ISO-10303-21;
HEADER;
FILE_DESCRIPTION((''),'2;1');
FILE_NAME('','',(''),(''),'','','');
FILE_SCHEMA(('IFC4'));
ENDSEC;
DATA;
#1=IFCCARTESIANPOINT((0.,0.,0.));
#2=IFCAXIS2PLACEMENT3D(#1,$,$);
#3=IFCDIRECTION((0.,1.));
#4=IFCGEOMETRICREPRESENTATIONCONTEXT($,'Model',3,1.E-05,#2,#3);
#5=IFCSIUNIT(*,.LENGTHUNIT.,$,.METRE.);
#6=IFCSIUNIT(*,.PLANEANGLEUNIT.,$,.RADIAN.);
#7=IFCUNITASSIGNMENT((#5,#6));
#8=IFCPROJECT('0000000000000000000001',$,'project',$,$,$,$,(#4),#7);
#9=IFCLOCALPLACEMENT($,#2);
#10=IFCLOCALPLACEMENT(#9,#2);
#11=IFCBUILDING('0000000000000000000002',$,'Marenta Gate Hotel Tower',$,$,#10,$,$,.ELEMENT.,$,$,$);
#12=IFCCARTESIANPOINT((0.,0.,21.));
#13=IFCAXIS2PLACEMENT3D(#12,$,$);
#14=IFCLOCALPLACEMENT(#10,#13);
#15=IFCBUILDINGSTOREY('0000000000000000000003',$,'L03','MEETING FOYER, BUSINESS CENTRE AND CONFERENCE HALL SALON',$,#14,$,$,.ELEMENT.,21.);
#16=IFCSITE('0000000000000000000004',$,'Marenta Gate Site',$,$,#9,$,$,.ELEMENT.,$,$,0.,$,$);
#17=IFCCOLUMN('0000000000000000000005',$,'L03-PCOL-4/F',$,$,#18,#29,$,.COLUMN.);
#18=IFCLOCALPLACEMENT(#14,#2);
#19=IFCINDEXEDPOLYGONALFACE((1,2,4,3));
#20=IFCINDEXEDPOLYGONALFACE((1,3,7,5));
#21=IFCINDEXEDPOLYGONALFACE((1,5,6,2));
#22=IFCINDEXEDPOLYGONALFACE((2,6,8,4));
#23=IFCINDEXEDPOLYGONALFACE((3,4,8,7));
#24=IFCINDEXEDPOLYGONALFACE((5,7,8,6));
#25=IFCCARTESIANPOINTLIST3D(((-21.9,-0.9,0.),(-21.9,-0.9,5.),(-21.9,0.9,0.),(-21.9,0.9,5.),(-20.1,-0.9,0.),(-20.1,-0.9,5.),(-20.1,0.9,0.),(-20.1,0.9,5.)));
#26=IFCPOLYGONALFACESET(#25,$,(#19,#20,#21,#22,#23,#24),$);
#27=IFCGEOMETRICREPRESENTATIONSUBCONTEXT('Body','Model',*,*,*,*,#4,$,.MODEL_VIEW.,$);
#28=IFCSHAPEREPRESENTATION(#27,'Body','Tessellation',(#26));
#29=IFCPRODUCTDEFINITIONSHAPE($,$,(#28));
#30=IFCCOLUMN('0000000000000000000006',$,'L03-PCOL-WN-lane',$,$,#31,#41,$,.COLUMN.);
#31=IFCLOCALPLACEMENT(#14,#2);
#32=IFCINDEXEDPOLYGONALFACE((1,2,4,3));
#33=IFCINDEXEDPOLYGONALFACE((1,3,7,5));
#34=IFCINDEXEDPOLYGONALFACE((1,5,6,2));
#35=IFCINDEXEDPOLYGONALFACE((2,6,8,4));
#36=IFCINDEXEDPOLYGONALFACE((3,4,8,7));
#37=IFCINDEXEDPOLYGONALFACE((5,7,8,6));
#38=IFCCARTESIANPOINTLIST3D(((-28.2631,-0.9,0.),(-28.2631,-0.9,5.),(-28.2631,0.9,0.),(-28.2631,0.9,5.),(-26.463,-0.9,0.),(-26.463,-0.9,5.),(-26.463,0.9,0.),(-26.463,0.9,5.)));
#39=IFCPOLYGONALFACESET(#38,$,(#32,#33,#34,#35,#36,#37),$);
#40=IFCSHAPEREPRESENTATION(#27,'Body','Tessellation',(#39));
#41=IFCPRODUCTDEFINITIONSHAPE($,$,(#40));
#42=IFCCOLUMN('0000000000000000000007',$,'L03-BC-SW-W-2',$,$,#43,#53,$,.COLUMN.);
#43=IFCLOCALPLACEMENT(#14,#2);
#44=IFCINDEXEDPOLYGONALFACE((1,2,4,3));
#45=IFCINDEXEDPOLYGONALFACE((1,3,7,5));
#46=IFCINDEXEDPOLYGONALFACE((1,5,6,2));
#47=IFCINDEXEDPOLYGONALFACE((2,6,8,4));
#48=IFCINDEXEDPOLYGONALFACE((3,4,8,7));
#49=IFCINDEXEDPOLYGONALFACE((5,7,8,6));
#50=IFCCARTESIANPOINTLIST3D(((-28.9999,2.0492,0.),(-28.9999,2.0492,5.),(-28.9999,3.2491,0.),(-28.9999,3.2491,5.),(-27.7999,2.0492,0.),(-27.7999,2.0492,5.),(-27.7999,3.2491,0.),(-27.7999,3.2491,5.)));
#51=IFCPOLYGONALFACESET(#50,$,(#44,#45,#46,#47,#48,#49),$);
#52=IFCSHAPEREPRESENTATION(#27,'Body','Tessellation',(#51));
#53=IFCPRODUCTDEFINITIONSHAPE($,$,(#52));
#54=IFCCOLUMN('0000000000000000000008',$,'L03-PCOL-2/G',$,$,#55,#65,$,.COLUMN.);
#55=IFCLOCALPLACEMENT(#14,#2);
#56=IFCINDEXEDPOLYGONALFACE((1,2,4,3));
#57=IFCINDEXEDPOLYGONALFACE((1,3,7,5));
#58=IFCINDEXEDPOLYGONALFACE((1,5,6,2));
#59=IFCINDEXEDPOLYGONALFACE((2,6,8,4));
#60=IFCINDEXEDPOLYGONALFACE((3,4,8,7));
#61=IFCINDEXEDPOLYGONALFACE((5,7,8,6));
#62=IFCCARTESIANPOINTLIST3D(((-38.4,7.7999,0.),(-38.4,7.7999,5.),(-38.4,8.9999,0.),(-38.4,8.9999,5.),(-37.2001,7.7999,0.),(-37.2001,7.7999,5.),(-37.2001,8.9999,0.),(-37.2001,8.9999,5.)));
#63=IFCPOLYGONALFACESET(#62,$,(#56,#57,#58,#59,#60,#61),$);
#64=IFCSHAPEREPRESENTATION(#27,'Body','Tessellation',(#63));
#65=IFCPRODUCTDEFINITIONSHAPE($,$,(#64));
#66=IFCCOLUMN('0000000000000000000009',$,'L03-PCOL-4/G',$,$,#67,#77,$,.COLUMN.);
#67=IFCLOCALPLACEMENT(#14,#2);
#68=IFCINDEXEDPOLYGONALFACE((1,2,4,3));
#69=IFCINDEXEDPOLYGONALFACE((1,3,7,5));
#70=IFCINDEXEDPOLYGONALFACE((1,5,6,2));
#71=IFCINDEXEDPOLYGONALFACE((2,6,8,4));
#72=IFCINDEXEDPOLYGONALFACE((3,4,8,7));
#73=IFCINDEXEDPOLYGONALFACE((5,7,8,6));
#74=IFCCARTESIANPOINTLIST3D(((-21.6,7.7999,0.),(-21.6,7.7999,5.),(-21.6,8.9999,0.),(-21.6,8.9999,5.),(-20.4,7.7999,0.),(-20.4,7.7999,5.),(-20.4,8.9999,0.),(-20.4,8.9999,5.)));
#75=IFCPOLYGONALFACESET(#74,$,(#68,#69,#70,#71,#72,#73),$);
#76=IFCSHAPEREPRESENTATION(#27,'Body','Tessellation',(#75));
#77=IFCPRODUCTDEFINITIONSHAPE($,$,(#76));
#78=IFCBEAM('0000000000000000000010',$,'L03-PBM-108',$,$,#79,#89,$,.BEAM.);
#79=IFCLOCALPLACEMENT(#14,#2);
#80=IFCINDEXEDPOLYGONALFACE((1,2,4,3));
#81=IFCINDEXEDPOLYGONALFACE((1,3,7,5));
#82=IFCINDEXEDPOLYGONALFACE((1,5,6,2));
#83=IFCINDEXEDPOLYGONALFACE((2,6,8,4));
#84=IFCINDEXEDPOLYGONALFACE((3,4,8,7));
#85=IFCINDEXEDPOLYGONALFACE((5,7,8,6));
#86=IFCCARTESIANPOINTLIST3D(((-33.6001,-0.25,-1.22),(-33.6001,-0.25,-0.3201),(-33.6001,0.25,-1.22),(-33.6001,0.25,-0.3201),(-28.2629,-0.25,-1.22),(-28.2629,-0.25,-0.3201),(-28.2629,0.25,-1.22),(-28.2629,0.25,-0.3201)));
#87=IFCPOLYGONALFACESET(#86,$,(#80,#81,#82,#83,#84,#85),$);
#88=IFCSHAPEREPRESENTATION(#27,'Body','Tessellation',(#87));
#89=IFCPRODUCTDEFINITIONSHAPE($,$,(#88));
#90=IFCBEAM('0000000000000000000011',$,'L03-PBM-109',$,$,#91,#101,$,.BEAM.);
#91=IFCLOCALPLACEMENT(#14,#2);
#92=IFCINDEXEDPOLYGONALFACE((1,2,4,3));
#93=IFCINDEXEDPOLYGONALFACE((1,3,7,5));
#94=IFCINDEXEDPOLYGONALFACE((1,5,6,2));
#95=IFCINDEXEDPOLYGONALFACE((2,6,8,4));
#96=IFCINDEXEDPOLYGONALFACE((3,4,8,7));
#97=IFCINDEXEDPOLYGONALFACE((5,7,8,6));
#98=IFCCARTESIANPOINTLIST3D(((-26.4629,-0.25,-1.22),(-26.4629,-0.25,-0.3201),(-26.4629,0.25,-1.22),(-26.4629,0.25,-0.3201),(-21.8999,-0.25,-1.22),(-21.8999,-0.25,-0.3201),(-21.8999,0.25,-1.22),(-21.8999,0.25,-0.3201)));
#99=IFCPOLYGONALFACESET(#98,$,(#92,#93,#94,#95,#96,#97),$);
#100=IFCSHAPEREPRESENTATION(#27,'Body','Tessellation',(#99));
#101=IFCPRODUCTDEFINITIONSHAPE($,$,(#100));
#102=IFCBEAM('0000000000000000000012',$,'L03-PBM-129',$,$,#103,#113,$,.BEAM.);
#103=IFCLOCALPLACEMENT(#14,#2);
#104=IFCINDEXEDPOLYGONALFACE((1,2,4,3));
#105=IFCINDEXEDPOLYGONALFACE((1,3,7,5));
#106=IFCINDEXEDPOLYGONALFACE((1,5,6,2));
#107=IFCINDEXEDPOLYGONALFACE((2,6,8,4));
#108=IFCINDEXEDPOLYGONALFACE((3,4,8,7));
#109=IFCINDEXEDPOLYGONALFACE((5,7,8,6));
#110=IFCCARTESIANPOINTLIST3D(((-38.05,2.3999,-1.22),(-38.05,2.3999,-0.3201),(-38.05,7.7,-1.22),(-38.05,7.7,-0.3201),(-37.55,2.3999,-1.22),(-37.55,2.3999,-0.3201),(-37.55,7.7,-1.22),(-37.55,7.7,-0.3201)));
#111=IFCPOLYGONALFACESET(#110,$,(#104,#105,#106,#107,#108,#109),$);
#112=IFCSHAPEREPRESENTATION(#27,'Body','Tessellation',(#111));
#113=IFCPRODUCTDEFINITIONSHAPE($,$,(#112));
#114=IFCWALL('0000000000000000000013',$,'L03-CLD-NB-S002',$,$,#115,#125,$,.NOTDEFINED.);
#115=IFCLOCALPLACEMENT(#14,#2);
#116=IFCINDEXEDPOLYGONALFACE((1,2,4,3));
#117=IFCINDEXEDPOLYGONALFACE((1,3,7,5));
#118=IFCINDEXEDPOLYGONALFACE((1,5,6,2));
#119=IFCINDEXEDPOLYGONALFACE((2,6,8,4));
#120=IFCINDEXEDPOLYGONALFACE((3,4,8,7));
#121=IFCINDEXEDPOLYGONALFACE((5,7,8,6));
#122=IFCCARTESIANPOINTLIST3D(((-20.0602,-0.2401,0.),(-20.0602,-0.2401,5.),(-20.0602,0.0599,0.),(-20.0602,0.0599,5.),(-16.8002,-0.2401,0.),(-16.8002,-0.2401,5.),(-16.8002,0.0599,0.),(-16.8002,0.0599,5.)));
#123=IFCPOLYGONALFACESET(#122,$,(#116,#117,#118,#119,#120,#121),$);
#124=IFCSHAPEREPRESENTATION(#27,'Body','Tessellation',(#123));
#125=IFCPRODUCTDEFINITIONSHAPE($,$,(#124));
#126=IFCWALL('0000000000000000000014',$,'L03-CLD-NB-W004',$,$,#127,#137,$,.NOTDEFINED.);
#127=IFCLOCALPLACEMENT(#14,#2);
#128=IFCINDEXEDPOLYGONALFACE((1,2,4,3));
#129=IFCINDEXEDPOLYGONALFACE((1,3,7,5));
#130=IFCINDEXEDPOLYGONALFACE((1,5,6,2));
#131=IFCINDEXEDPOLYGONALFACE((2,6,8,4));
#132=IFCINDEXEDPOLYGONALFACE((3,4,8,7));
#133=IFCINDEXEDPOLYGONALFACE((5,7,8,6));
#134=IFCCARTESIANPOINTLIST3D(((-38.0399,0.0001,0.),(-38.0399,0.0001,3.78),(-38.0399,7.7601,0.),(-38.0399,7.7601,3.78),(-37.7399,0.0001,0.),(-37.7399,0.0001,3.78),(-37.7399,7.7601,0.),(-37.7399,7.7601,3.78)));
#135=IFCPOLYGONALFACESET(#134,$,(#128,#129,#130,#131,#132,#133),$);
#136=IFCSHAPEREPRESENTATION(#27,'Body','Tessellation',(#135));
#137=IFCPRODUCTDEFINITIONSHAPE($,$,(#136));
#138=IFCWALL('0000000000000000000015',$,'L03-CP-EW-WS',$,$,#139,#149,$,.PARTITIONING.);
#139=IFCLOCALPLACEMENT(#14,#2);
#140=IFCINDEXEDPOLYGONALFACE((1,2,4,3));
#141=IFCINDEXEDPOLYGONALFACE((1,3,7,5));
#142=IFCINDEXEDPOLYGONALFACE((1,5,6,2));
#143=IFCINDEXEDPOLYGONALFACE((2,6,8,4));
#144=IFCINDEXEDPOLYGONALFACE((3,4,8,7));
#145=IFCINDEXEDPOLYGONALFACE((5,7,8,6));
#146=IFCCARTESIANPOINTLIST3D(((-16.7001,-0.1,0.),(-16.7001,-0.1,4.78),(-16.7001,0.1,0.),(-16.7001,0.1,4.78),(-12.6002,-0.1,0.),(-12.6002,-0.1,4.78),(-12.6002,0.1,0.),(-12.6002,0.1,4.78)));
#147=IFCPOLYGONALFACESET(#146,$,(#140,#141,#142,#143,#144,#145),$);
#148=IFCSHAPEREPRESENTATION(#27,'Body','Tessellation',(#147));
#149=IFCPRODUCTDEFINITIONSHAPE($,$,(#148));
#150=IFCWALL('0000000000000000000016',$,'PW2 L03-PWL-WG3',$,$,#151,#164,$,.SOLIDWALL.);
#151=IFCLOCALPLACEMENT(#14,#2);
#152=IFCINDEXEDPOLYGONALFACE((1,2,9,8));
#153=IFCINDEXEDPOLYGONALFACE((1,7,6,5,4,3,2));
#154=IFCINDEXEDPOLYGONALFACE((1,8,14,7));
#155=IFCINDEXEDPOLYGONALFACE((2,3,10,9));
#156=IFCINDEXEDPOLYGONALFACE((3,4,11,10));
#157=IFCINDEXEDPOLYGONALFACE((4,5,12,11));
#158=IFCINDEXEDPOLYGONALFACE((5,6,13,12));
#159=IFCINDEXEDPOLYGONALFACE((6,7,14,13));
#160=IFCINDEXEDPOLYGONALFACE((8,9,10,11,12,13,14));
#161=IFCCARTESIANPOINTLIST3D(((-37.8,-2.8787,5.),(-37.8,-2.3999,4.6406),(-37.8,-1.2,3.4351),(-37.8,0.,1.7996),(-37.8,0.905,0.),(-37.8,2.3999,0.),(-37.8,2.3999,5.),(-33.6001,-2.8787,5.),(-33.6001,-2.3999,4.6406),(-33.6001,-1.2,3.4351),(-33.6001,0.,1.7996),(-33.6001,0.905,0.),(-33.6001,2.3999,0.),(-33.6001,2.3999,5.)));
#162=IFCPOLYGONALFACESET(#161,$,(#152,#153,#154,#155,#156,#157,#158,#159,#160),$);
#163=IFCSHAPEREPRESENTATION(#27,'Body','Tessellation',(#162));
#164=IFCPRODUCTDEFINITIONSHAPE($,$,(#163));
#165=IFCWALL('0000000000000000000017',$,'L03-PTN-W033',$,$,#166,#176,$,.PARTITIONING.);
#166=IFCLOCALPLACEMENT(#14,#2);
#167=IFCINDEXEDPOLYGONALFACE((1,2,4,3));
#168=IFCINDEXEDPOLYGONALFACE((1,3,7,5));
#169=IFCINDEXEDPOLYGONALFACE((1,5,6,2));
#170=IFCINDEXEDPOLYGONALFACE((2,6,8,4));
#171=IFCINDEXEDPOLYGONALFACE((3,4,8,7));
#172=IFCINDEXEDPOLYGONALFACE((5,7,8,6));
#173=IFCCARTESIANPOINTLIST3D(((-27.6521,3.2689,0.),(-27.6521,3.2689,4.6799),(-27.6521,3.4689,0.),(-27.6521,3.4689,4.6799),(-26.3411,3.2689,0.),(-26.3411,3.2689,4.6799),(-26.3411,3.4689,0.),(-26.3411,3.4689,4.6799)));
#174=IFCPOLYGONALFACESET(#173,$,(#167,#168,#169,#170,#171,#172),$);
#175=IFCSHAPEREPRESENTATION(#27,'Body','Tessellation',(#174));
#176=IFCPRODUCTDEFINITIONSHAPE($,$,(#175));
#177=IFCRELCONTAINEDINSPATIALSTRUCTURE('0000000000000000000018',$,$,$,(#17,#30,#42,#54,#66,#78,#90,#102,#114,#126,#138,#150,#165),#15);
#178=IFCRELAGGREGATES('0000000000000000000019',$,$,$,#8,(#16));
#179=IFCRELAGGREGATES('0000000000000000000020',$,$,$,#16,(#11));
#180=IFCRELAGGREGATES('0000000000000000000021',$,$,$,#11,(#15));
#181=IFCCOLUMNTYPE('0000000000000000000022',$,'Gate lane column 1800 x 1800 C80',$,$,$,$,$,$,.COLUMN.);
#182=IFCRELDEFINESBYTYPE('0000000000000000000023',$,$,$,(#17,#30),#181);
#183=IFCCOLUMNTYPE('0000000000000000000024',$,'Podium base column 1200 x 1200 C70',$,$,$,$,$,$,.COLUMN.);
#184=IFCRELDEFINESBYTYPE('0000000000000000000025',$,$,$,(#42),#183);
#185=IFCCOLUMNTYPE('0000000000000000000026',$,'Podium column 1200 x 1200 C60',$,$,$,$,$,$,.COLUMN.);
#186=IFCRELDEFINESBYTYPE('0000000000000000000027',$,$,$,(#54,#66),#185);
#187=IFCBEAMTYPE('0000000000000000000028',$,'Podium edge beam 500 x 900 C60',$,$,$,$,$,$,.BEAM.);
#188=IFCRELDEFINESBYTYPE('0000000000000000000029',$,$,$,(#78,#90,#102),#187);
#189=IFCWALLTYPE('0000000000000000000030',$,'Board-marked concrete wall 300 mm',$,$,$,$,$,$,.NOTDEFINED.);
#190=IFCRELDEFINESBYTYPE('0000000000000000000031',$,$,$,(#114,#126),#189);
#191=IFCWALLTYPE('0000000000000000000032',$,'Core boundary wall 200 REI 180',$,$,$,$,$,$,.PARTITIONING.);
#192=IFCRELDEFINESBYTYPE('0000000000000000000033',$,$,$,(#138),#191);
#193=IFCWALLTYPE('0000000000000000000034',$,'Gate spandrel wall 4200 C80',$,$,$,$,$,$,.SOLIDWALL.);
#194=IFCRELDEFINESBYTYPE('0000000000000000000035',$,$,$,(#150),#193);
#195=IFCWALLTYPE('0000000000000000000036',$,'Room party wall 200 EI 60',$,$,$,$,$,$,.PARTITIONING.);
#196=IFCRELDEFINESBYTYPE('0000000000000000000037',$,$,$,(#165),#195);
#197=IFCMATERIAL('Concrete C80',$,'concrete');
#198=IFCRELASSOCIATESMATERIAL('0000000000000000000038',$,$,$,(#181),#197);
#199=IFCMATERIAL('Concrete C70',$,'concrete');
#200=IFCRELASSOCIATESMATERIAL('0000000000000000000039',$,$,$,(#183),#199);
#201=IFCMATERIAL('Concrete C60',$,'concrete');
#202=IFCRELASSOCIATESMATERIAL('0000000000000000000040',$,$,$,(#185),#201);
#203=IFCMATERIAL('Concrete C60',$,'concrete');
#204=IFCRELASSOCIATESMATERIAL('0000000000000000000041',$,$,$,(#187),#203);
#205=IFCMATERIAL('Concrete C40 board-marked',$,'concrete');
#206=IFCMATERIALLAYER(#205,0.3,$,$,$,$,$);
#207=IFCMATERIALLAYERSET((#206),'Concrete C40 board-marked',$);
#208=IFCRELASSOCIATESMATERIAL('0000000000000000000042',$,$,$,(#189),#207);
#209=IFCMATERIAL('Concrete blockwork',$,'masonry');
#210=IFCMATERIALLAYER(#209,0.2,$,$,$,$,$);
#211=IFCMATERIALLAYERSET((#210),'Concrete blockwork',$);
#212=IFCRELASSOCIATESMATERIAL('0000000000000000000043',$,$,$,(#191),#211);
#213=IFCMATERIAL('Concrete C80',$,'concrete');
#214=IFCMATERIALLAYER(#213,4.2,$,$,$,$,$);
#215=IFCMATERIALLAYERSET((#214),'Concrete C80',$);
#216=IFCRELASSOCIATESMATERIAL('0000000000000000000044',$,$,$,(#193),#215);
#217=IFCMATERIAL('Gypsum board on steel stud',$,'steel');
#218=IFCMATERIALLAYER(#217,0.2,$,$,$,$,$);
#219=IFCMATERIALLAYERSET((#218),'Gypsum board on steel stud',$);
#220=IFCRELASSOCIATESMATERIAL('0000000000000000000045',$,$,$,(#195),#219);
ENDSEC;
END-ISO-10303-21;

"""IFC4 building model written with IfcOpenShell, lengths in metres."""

from ifc_helpers import new_model, si_unit, direction, frame, frame_2d, origin, origin_2d, place, context, subcontext, project, spatial, polyline, rectangle, outline, extrude, material, layer, layer_set, material_profile, profile_set, type_object, element, save


model = new_model("IFC4")

# Units and contexts
model_context = context("Model", 3, precision=1e-05, world=origin(), true_north=direction((0.0, 1.0)))
body_context = subcontext(model_context, "Body", "Model", "MODEL_VIEW")
ifc_project = project(units=[si_unit("LENGTHUNIT", "METRE"), si_unit("PLANEANGLEUNIT", "RADIAN")], contexts=[model_context])

# Site, building, storey
site_placement = place(None, origin())
site = spatial("IfcSite", under=ifc_project, at=site_placement, Name="Marenta Gate Site", CompositionType="ELEMENT", RefElevation=0.0)
building_placement = place(site_placement, origin())
building = spatial("IfcBuilding", under=site, at=building_placement, Name="Marenta Gate Hotel Tower", CompositionType="ELEMENT")
storey_placement = place(building_placement, frame((0.0, 0.0, 21.0)))
storey = spatial("IfcBuildingStorey", under=building, at=storey_placement, Name="L03", Description="MEETING FOYER, BUSINESS CENTRE AND CONFERENCE HALL SALON", CompositionType="ELEMENT", Elevation=21.0)

# Columns
ifc_material_1 = material(Name="Concrete C80", Category="concrete")
ifc_material_profile_1 = material_profile(ifc_material_1, rectangle(XDim=1.8, YDim=1.8, at=origin_2d()), Name="1800 x 1800")
ifc_profile_set_1 = profile_set([ifc_material_profile_1], Name="Concrete C80")
column_type_1 = type_object("IfcColumnType", Name="Gate lane column 1800 x 1800 C80", PredefinedType="COLUMN", material=ifc_profile_set_1)
for number, where, z_axis, x_axis, name in (
    (1, (-21.0, 0.0, 0.0), (0.0, 0.0, 1.0), (1.0, 0.0, 0.0), "L03-PCOL-4/F"),
    (2, (-27.363, 0.0, 0.0), (0.0, 0.0, 1.0), (1.0, 0.0, 0.0), "L03-PCOL-WN-lane"),
):
    element("IfcColumn", number, at=place(storey_placement, frame(where, z_axis=z_axis, x_axis=x_axis)), inside=storey, type_object=column_type_1, Name=name, PredefinedType="COLUMN", context=body_context, shape_type="SweptSolid", body=[
        extrude(rectangle(XDim=1.8, YDim=1.8, at=origin_2d()), origin(), (0.0, 0.0, 1.0), 5.0),
    ])
ifc_material_2 = material(Name="Concrete C70", Category="concrete")
ifc_material_profile_2 = material_profile(ifc_material_2, rectangle(XDim=1.2, YDim=1.2, at=origin_2d()), Name="1200 x 1200")
ifc_profile_set_2 = profile_set([ifc_material_profile_2], Name="Concrete C70")
column_type_2 = type_object("IfcColumnType", Name="Podium base column 1200 x 1200 C70", PredefinedType="COLUMN", material=ifc_profile_set_2)
column_placement = place(storey_placement, frame((-28.3999, 2.6492, 0.0), z_axis=(0.0, 0.0, 1.0), x_axis=(1.0, 0.0, 0.0)))
element("IfcColumn", 3, at=column_placement, inside=storey, type_object=column_type_2, Name="L03-BC-SW-W-2", PredefinedType="COLUMN", context=body_context, shape_type="SweptSolid", body=[
    extrude(rectangle(XDim=1.2, YDim=1.2, at=origin_2d()), origin(), (0.0, 0.0, 1.0), 5.0),
])
ifc_material_3 = material(Name="Concrete C60", Category="concrete")
ifc_material_profile_3 = material_profile(ifc_material_3, rectangle(XDim=1.2, YDim=1.2, at=origin_2d()), Name="1200 x 1200")
ifc_profile_set_3 = profile_set([ifc_material_profile_3], Name="Concrete C60")
column_type_3 = type_object("IfcColumnType", Name="Podium column 1200 x 1200 C60", PredefinedType="COLUMN", material=ifc_profile_set_3)
for number, where, z_axis, x_axis, name in (
    (4, (-37.8, 8.3999, 0.0), (0.0, 0.0, 1.0), (1.0, 0.0, 0.0), "L03-PCOL-2/G"),
    (5, (-21.0, 8.3999, 0.0), (0.0, 0.0, 1.0), (1.0, 0.0, 0.0), "L03-PCOL-4/G"),
):
    element("IfcColumn", number, at=place(storey_placement, frame(where, z_axis=z_axis, x_axis=x_axis)), inside=storey, type_object=column_type_3, Name=name, PredefinedType="COLUMN", context=body_context, shape_type="SweptSolid", body=[
        extrude(rectangle(XDim=1.2, YDim=1.2, at=origin_2d()), origin(), (0.0, 0.0, 1.0), 5.0),
    ])

# Beams
ifc_material_4 = material(Name="Concrete C60", Category="concrete")
ifc_material_profile_4 = material_profile(ifc_material_4, rectangle(XDim=0.5, YDim=0.8999, at=origin_2d()), Name="500 x 900")
ifc_profile_set_4 = profile_set([ifc_material_profile_4], Name="Concrete C60")
beam_type = type_object("IfcBeamType", Name="Podium edge beam 500 x 900 C60", PredefinedType="BEAM", material=ifc_profile_set_4)
beam_1_placement = place(storey_placement, frame((-33.6001, 0.0, -0.77), z_axis=(1.0, 0.0, 0.0), x_axis=(0.0, 1.0, 0.0)))
element("IfcBeam", 6, at=beam_1_placement, inside=storey, type_object=beam_type, Name="L03-PBM-108", PredefinedType="BEAM", context=body_context, shape_type="SweptSolid", body=[
    extrude(rectangle(XDim=0.5, YDim=0.8999, at=origin_2d()), origin(), (0.0, 0.0, 1.0), 5.3372),
])
beam_2_placement = place(storey_placement, frame((-26.4629, 0.0, -0.77), z_axis=(1.0, 0.0, 0.0), x_axis=(0.0, 1.0, 0.0)))
element("IfcBeam", 7, at=beam_2_placement, inside=storey, type_object=beam_type, Name="L03-PBM-109", PredefinedType="BEAM", context=body_context, shape_type="SweptSolid", body=[
    extrude(rectangle(XDim=0.5, YDim=0.8999, at=origin_2d()), origin(), (0.0, 0.0, 1.0), 4.563),
])
beam_3_placement = place(storey_placement, frame((-37.8, 7.7, -0.77), z_axis=(0.0, -1.0, 0.0), x_axis=(1.0, 0.0, 0.0)))
element("IfcBeam", 8, at=beam_3_placement, inside=storey, type_object=beam_type, Name="L03-PBM-129", PredefinedType="BEAM", context=body_context, shape_type="SweptSolid", body=[
    extrude(rectangle(XDim=0.5, YDim=0.8999, at=origin_2d()), origin(), (0.0, 0.0, 1.0), 5.3),
])

# Walls
ifc_material_5 = material(Name="Concrete C40 board-marked", Category="concrete")
ifc_layer_1 = layer(ifc_material_5, 0.3)
ifc_layer_set_1 = layer_set([ifc_layer_1], Name="Concrete C40 board-marked")
wall_type_1 = type_object("IfcWallType", Name="Board-marked concrete wall 300 mm", PredefinedType="NOTDEFINED", material=ifc_layer_set_1)
wall_1_placement = place(storey_placement, frame((-20.0601, -0.0901, 0.0), z_axis=(0.0, 0.0, 1.0), x_axis=(1.0, 0.0, 0.0)))
element("IfcWall", 9, at=wall_1_placement, inside=storey, type_object=wall_type_1, Name="L03-CLD-NB-S002", PredefinedType="NOTDEFINED", context=body_context, shape_type="SweptSolid", body=[
    extrude(rectangle(XDim=3.26, YDim=0.3, at=frame_2d((1.6299, 0.0))), origin(), (0.0, 0.0, 1.0), 5.0),
])
wall_2_placement = place(storey_placement, frame((-37.8899, 7.76, 0.0), z_axis=(0.0, 0.0, 1.0), x_axis=(0.0, -1.0, 0.0)))
element("IfcWall", 10, at=wall_2_placement, inside=storey, type_object=wall_type_1, Name="L03-CLD-NB-W004", PredefinedType="NOTDEFINED", context=body_context, shape_type="SweptSolid", body=[
    extrude(rectangle(XDim=7.76, YDim=0.3, at=frame_2d((3.8799, 0.0))), origin(), (0.0, 0.0, 1.0), 3.78),
])
ifc_material_6 = material(Name="Concrete blockwork", Category="masonry")
ifc_layer_2 = layer(ifc_material_6, 0.2)
ifc_layer_set_2 = layer_set([ifc_layer_2], Name="Concrete blockwork")
wall_type_2 = type_object("IfcWallType", Name="Core boundary wall 200 REI 180", PredefinedType="PARTITIONING", material=ifc_layer_set_2)
wall_3_placement = place(storey_placement, frame((-16.7, 0.0, 0.0), z_axis=(0.0, 0.0, 1.0), x_axis=(1.0, 0.0, 0.0)))
element("IfcWall", 11, at=wall_3_placement, inside=storey, type_object=wall_type_2, Name="L03-CP-EW-WS", PredefinedType="PARTITIONING", context=body_context, shape_type="SweptSolid", body=[
    extrude(rectangle(XDim=4.0999, YDim=0.2, at=frame_2d((2.0498, 0.0))), origin(), (0.0, 0.0, 1.0), 4.78),
])
ifc_material_7 = material(Name="Concrete C80", Category="concrete")
ifc_layer_3 = layer(ifc_material_7, 4.2)
ifc_layer_set_3 = layer_set([ifc_layer_3], Name="Concrete C80")
wall_type_3 = type_object("IfcWallType", Name="Gate spandrel wall 4200 C80", PredefinedType="SOLIDWALL", material=ifc_layer_set_3)
wall_4_placement = place(storey_placement, frame((-37.8, 2.3999, 0.0), z_axis=(-1.0, 0.0, 0.0), x_axis=(0.0, -1.0, 0.0)))
element("IfcWall", 12, at=wall_4_placement, inside=storey, type_object=wall_type_3, Name="PW2 L03-PWL-WG3", PredefinedType="SOLIDWALL", context=body_context, shape_type="SweptSolid", body=[
    extrude(outline(polyline([(0.0, 0.0), (1.4949, 0.0), (2.3999, 1.7996), (3.5999, 3.4351), (4.7998, 4.6406), (5.2786, 5.0), (0.0, 5.0), (0.0, 0.0)])), origin(), (0.0, 0.0, -1.0), 4.2),
])

# Wall
ifc_material_8 = material(Name="Gypsum board on steel stud", Category="steel")
ifc_layer_4 = layer(ifc_material_8, 0.2)
ifc_layer_set_4 = layer_set([ifc_layer_4], Name="Gypsum board on steel stud")
wall_type_4 = type_object("IfcWallType", Name="Room party wall 200 EI 60", PredefinedType="PARTITIONING", material=ifc_layer_set_4)
wall_5_placement = place(storey_placement, frame((-27.6521, 3.3689, 0.0), z_axis=(0.0, 0.0, 1.0), x_axis=(1.0, 0.0, 0.0)))
element("IfcWall", 13, at=wall_5_placement, inside=storey, type_object=wall_type_4, Name="L03-PTN-W033", PredefinedType="PARTITIONING", context=body_context, shape_type="SweptSolid", body=[
    extrude(rectangle(XDim=1.311, YDim=0.2, at=frame_2d((0.6555, 0.0))), origin(), (0.0, 0.0, 1.0), 4.6799),
])

save(model, "model.ifc")
